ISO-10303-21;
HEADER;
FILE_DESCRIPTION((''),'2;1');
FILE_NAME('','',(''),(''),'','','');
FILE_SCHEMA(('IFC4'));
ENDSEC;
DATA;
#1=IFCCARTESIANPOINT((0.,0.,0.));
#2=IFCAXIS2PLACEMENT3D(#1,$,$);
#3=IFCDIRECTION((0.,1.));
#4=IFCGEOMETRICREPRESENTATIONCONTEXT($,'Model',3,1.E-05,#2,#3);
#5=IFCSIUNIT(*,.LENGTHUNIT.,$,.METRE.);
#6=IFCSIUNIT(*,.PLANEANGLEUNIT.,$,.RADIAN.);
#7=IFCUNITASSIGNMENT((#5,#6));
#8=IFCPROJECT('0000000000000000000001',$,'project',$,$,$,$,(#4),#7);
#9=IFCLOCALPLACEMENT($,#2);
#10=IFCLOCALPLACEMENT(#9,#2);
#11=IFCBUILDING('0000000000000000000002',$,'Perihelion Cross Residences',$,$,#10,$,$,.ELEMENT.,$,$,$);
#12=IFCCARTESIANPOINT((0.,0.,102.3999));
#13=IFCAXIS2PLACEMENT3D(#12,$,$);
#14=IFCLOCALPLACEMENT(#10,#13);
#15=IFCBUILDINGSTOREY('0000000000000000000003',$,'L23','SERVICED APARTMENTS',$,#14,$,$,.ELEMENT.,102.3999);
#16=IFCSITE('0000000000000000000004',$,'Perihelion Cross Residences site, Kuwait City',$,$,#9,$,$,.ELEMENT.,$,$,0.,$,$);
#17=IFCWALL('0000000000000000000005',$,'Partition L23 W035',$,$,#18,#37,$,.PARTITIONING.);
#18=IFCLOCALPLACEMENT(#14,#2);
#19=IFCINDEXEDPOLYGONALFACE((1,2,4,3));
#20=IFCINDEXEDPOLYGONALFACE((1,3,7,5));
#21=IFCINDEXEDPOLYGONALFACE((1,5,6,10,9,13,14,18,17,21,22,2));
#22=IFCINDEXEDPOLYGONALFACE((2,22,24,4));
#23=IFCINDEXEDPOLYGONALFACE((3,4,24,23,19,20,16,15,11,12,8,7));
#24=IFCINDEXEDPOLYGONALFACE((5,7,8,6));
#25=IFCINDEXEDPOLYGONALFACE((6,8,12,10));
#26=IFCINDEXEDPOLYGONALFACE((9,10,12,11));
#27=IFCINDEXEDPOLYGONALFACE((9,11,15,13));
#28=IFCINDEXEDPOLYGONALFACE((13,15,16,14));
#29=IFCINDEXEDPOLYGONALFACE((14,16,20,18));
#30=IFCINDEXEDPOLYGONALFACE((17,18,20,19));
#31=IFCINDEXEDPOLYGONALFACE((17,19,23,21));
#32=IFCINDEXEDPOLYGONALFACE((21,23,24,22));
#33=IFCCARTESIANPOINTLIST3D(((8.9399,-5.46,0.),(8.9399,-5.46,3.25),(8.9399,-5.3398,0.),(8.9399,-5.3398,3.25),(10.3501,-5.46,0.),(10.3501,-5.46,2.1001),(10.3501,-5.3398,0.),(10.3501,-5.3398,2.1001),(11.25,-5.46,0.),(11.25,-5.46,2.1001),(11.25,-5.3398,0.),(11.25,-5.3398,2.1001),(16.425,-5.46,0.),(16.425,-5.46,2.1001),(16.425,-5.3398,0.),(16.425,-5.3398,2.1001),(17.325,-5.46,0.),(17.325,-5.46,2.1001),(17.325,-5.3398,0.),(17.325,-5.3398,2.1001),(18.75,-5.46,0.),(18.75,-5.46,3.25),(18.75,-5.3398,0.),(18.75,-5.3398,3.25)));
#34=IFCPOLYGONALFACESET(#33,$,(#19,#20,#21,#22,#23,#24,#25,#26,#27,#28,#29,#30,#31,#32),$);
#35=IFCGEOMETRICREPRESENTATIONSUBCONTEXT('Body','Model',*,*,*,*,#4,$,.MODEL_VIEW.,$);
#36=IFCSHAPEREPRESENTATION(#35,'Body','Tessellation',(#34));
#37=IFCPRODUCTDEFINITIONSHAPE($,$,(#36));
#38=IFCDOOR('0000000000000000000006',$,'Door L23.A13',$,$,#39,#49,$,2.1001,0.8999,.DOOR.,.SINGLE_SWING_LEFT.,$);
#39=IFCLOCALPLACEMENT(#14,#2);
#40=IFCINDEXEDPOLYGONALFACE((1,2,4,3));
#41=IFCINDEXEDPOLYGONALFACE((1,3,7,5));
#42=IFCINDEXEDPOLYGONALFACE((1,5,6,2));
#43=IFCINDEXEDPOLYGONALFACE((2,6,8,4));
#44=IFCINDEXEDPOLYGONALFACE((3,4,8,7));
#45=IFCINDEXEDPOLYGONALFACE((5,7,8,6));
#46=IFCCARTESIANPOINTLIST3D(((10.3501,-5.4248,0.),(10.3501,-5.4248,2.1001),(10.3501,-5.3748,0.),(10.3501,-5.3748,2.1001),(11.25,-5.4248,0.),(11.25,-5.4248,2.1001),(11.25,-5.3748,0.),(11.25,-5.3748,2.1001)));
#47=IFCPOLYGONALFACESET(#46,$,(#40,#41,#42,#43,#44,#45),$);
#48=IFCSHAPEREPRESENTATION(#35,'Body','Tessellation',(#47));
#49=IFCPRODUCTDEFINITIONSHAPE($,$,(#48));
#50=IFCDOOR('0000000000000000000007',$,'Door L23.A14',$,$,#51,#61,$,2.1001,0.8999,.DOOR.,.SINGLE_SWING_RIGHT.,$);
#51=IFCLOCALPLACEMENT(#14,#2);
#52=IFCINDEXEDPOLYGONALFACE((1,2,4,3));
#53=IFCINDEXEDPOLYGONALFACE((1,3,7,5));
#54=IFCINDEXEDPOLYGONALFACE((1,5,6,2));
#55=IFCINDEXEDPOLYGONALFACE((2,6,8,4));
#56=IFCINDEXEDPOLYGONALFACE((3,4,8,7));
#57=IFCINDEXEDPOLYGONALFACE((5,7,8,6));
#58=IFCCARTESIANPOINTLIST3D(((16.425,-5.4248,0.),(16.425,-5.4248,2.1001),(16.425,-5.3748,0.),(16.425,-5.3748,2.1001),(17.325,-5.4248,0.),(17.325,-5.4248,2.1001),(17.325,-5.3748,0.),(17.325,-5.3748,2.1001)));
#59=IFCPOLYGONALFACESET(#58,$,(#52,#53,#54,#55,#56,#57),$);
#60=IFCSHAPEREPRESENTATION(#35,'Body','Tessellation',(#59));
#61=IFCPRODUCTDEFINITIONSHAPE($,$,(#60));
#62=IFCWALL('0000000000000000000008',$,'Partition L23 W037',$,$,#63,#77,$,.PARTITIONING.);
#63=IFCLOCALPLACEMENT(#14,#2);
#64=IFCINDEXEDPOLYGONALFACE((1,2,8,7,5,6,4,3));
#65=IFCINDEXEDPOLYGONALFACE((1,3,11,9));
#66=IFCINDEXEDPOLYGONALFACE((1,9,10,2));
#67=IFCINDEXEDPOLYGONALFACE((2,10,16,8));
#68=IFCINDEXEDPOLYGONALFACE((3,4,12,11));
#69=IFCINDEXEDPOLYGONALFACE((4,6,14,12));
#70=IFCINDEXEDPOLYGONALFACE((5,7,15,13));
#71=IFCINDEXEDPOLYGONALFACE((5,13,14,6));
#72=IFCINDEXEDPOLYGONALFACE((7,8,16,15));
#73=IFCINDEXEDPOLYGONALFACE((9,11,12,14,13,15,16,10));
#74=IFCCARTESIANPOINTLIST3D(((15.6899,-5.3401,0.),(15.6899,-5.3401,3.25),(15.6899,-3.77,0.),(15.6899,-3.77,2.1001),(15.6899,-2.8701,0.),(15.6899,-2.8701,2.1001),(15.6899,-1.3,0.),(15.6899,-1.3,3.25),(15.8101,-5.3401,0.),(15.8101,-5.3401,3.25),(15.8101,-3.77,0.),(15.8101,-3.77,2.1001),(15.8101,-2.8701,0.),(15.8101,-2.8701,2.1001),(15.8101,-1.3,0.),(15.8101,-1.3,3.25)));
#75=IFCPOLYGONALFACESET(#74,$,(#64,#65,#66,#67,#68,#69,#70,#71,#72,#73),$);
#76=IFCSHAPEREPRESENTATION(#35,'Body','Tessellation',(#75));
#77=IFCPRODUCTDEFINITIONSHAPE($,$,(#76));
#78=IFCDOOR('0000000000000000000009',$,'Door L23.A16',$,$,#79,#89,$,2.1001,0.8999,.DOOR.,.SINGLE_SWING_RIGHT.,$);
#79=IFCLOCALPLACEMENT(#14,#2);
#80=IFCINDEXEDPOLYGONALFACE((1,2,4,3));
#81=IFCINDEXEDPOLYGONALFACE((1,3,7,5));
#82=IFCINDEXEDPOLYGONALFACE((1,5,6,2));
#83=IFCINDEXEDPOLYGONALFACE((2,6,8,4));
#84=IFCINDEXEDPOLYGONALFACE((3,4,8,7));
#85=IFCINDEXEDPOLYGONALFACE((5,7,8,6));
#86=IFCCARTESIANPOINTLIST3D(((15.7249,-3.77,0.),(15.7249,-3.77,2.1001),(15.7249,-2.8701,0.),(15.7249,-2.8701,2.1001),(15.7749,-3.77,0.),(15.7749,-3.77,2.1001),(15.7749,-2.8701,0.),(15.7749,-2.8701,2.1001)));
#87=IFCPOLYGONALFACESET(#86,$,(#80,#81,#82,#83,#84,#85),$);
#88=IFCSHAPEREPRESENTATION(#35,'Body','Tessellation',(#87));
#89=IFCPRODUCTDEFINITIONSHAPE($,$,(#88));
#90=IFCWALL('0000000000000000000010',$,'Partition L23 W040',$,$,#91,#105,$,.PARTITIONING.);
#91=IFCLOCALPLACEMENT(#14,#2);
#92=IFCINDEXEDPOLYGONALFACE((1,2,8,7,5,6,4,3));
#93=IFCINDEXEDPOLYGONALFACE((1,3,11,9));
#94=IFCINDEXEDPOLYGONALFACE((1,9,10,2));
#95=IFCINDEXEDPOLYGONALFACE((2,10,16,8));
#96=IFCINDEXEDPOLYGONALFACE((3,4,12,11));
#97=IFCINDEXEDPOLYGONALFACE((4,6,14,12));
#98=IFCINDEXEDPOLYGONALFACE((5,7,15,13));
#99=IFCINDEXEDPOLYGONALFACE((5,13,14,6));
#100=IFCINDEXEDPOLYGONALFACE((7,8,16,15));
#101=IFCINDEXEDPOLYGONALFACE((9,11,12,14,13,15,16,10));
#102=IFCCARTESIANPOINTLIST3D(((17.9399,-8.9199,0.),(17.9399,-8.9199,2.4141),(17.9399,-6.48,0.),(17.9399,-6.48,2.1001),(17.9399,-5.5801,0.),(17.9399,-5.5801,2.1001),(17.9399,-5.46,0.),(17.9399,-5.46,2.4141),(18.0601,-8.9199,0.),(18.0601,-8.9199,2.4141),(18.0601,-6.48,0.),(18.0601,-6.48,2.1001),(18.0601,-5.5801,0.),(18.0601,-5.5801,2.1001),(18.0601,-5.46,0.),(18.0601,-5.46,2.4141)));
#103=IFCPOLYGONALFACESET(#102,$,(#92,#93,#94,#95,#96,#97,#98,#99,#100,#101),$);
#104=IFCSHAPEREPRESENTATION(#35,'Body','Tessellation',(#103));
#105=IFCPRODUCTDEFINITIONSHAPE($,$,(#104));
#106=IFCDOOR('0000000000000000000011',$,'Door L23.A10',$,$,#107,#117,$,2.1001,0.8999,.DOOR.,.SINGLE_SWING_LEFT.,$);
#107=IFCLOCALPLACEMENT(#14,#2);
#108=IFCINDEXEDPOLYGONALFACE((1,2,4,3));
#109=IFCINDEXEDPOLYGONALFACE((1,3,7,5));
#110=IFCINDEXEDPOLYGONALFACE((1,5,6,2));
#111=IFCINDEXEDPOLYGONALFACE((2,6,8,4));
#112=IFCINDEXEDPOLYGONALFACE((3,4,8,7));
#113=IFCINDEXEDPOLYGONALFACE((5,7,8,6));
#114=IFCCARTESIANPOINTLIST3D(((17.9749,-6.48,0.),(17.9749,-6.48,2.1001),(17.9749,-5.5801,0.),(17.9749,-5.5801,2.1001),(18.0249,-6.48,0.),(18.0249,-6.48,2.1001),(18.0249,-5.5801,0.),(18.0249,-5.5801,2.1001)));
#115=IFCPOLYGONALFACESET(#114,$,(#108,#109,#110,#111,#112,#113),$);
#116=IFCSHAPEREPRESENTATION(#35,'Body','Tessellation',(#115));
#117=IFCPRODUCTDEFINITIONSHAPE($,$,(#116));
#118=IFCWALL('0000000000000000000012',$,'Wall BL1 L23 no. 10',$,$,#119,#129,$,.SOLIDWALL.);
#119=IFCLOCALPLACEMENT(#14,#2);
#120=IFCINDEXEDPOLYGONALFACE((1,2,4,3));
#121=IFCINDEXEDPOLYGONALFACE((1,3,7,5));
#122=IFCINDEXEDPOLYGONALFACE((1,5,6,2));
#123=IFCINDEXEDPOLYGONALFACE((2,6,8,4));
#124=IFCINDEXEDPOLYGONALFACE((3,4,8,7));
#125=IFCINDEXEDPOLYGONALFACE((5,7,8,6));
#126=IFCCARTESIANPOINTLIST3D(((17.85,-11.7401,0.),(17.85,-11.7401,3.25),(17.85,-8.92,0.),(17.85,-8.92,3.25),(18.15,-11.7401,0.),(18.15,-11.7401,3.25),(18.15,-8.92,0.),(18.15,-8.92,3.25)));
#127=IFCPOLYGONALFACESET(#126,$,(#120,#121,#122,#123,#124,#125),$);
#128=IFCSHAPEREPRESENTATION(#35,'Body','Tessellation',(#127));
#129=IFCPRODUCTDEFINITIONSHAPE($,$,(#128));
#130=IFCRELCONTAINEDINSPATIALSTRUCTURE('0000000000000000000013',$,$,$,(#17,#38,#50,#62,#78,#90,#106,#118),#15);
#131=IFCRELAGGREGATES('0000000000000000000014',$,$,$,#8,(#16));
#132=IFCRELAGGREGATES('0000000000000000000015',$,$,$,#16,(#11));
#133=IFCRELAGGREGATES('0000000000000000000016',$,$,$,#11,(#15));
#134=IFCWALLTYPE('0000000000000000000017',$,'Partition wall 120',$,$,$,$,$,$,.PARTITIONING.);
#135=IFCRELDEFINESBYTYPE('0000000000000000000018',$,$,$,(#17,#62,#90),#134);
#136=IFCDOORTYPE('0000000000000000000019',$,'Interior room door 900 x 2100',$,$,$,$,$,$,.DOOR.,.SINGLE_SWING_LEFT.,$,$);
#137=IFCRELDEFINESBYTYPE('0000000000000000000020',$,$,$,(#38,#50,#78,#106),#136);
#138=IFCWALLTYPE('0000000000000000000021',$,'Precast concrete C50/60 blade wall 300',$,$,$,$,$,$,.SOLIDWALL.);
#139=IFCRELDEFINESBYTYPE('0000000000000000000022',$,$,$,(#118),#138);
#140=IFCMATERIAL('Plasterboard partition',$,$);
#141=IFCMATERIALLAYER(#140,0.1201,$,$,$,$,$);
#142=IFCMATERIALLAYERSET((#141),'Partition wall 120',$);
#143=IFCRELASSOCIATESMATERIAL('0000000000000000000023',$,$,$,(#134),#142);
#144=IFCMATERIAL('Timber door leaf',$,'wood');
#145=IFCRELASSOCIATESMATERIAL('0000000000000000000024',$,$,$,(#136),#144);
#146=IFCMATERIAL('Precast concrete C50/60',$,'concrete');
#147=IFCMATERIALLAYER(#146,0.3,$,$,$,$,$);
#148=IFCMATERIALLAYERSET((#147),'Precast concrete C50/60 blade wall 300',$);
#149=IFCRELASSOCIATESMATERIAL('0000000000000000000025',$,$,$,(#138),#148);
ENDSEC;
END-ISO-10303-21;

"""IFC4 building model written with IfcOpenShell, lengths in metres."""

from ifc_helpers import new_model, si_unit, direction, frame, frame_2d, origin, place, context, subcontext, project, spatial, rectangle, extrude, material, layer, layer_set, type_object, element, fill, save


model = new_model("IFC4")

# Units and contexts
model_context = context("Model", 3, precision=1e-05, world=origin(), true_north=direction((0.0, 1.0)))
body_context = subcontext(model_context, "Body", "Model", "MODEL_VIEW")
ifc_project = project(units=[si_unit("LENGTHUNIT", "METRE"), si_unit("PLANEANGLEUNIT", "RADIAN")], contexts=[model_context])

# Site, building, storey
site_placement = place(None, origin())
site = spatial("IfcSite", under=ifc_project, at=site_placement, Name="Perihelion Cross Residences site, Kuwait City", CompositionType="ELEMENT", RefElevation=0.0)
building_placement = place(site_placement, origin())
building = spatial("IfcBuilding", under=site, at=building_placement, Name="Perihelion Cross Residences", CompositionType="ELEMENT")
storey_placement = place(building_placement, frame((0.0, 0.0, 102.3999)))
storey = spatial("IfcBuildingStorey", under=building, at=storey_placement, Name="L23", Description="SERVICED APARTMENTS", CompositionType="ELEMENT", Elevation=102.3999)

# Shared definitions
ifc_material_1 = material(Name="Plasterboard partition")
ifc_layer_1 = layer(ifc_material_1, 0.1201)
ifc_layer_set_1 = layer_set([ifc_layer_1], Name="Partition wall 120")
wall_type_1 = type_object("IfcWallType", Name="Partition wall 120", PredefinedType="PARTITIONING", material=ifc_layer_set_1)

# Wall, openings, doors
wall_1_placement = place(storey_placement, frame((18.75, -5.3999, 0.0), z_axis=(0.0, 0.0, 1.0), x_axis=(-1.0, 0.0, 0.0)))
wall_1 = element("IfcWall", 1, at=wall_1_placement, inside=storey, type_object=wall_type_1, Name="Partition L23 W035", PredefinedType="PARTITIONING", context=body_context, shape_type="SweptSolid", body=[
    extrude(rectangle(XDim=9.8101, YDim=0.1201, at=frame_2d((4.905, 0.0))), origin(), (0.0, 0.0, 1.0), 3.25),
])
opening_1_placement = place(wall_1_placement, frame((7.5, 0.0, 0.0)))
opening_1 = element("IfcOpeningElement", 2, at=opening_1_placement, cuts=wall_1, PredefinedType="OPENING", context=body_context, shape_type="SweptSolid", body=[
    extrude(rectangle(XDim=0.8999, YDim=2.1001, at=frame_2d((0.45, 1.05))), frame((0.0, 0.0701, 0.0), z_axis=(0.0, -1.0, 0.0), x_axis=(1.0, 0.0, 0.0)), (0.0, 0.0, 1.0), 0.1401),
])
opening_2_placement = place(wall_1_placement, frame((1.425, 0.0, 0.0)))
opening_2 = element("IfcOpeningElement", 3, at=opening_2_placement, cuts=wall_1, PredefinedType="OPENING", context=body_context, shape_type="SweptSolid", body=[
    extrude(rectangle(XDim=0.8999, YDim=2.1001, at=frame_2d((0.45, 1.05))), frame((0.0, 0.0701, 0.0), z_axis=(0.0, -1.0, 0.0), x_axis=(1.0, 0.0, 0.0)), (0.0, 0.0, 1.0), 0.1401),
])
ifc_material_2 = material(Name="Timber door leaf", Category="wood")
door_type_1 = type_object("IfcDoorType", Name="Interior room door 900 x 2100", OperationType="SINGLE_SWING_LEFT", PredefinedType="DOOR", material=ifc_material_2)
door_1_placement = place(opening_1_placement, origin())
door_1 = element("IfcDoor", 4, at=door_1_placement, inside=storey, type_object=door_type_1, Name="Door L23.A13", OperationType="SINGLE_SWING_LEFT", OverallHeight=2.1001, OverallWidth=0.8999, PredefinedType="DOOR", context=body_context, shape_type="SweptSolid", body=[
    extrude(rectangle(XDim=0.8999, YDim=2.1001, at=frame_2d((0.45, 1.05))), frame((0.0, 0.0249, 0.0), z_axis=(0.0, -1.0, 0.0), x_axis=(1.0, 0.0, 0.0)), (0.0, 0.0, 1.0), 0.05),
])
fill(opening_1, door_1)
door_2_placement = place(opening_2_placement, origin())
door_2 = element("IfcDoor", 5, at=door_2_placement, inside=storey, type_object=door_type_1, Name="Door L23.A14", OperationType="SINGLE_SWING_RIGHT", OverallHeight=2.1001, OverallWidth=0.8999, PredefinedType="DOOR", context=body_context, shape_type="SweptSolid", body=[
    extrude(rectangle(XDim=0.8999, YDim=2.1001, at=frame_2d((0.45, 1.05))), frame((0.0, 0.0249, 0.0), z_axis=(0.0, -1.0, 0.0), x_axis=(1.0, 0.0, 0.0)), (0.0, 0.0, 1.0), 0.05),
])
fill(opening_2, door_2)

# Walls, openings, doors
wall_2_placement = place(storey_placement, frame((15.75, -1.3, 0.0), z_axis=(0.0, 0.0, 1.0), x_axis=(0.0, -1.0, 0.0)))
wall_2 = element("IfcWall", 6, at=wall_2_placement, inside=storey, type_object=wall_type_1, Name="Partition L23 W037", PredefinedType="PARTITIONING", context=body_context, shape_type="SweptSolid", body=[
    extrude(rectangle(XDim=4.04, YDim=0.1201, at=frame_2d((2.02, 0.0))), origin(), (0.0, 0.0, 1.0), 3.25),
])
opening_3_placement = place(wall_2_placement, frame((1.5701, 0.0, 0.0)))
opening_3 = element("IfcOpeningElement", 7, at=opening_3_placement, cuts=wall_2, PredefinedType="OPENING", context=body_context, shape_type="SweptSolid", body=[
    extrude(rectangle(XDim=0.8999, YDim=2.1001, at=frame_2d((0.45, 1.05))), frame((0.0, 0.0701, 0.0), z_axis=(0.0, -1.0, 0.0), x_axis=(1.0, 0.0, 0.0)), (0.0, 0.0, 1.0), 0.1401),
])
door_3_placement = place(opening_3_placement, origin())
door_3 = element("IfcDoor", 8, at=door_3_placement, inside=storey, type_object=door_type_1, Name="Door L23.A16", OperationType="SINGLE_SWING_RIGHT", OverallHeight=2.1001, OverallWidth=0.8999, PredefinedType="DOOR", context=body_context, shape_type="SweptSolid", body=[
    extrude(rectangle(XDim=0.8999, YDim=2.1001, at=frame_2d((0.45, 1.05))), frame((0.0, 0.0249, 0.0), z_axis=(0.0, -1.0, 0.0), x_axis=(1.0, 0.0, 0.0)), (0.0, 0.0, 1.0), 0.05),
])
fill(opening_3, door_3)
wall_3_placement = place(storey_placement, frame((18.0, -5.46, 0.0), z_axis=(0.0, 0.0, 1.0), x_axis=(0.0, -1.0, 0.0)))
wall_3 = element("IfcWall", 9, at=wall_3_placement, inside=storey, type_object=wall_type_1, Name="Partition L23 W040", PredefinedType="PARTITIONING", context=body_context, shape_type="SweptSolid", body=[
    extrude(rectangle(XDim=3.46, YDim=0.1201, at=frame_2d((1.73, 0.0))), origin(), (0.0, 0.0, 1.0), 2.4141),
])
opening_4_placement = place(wall_3_placement, frame((0.1201, 0.0, 0.0)))
opening_4 = element("IfcOpeningElement", 10, at=opening_4_placement, cuts=wall_3, PredefinedType="OPENING", context=body_context, shape_type="SweptSolid", body=[
    extrude(rectangle(XDim=0.8999, YDim=2.1001, at=frame_2d((0.45, 1.05))), frame((0.0, 0.0701, 0.0), z_axis=(0.0, -1.0, 0.0), x_axis=(1.0, 0.0, 0.0)), (0.0, 0.0, 1.0), 0.1401),
])
door_4_placement = place(opening_4_placement, origin())
door_4 = element("IfcDoor", 11, at=door_4_placement, inside=storey, type_object=door_type_1, Name="Door L23.A10", OperationType="SINGLE_SWING_LEFT", OverallHeight=2.1001, OverallWidth=0.8999, PredefinedType="DOOR", context=body_context, shape_type="SweptSolid", body=[
    extrude(rectangle(XDim=0.8999, YDim=2.1001, at=frame_2d((0.45, 1.05))), frame((0.0, 0.0249, 0.0), z_axis=(0.0, -1.0, 0.0), x_axis=(1.0, 0.0, 0.0)), (0.0, 0.0, 1.0), 0.05),
])
fill(opening_4, door_4)

# Wall
ifc_material_3 = material(Name="Precast concrete C50/60", Category="concrete")
ifc_layer_2 = layer(ifc_material_3, 0.3)
ifc_layer_set_2 = layer_set([ifc_layer_2], Name="Precast concrete C50/60 blade wall 300")
wall_type_2 = type_object("IfcWallType", Name="Precast concrete C50/60 blade wall 300", PredefinedType="SOLIDWALL", material=ifc_layer_set_2)
wall_4_placement = place(storey_placement, frame((18.0, -8.9199, 0.0), z_axis=(0.0, 0.0, 1.0), x_axis=(0.0, -1.0, 0.0)))
element("IfcWall", 12, at=wall_4_placement, inside=storey, type_object=wall_type_2, Name="Wall BL1 L23 no. 10", PredefinedType="SOLIDWALL", context=body_context, shape_type="SweptSolid", body=[
    extrude(rectangle(XDim=2.8201, YDim=0.3, at=frame_2d((1.4102, 0.0))), origin(), (0.0, 0.0, 1.0), 3.25),
])

save(model, "model.ifc")
